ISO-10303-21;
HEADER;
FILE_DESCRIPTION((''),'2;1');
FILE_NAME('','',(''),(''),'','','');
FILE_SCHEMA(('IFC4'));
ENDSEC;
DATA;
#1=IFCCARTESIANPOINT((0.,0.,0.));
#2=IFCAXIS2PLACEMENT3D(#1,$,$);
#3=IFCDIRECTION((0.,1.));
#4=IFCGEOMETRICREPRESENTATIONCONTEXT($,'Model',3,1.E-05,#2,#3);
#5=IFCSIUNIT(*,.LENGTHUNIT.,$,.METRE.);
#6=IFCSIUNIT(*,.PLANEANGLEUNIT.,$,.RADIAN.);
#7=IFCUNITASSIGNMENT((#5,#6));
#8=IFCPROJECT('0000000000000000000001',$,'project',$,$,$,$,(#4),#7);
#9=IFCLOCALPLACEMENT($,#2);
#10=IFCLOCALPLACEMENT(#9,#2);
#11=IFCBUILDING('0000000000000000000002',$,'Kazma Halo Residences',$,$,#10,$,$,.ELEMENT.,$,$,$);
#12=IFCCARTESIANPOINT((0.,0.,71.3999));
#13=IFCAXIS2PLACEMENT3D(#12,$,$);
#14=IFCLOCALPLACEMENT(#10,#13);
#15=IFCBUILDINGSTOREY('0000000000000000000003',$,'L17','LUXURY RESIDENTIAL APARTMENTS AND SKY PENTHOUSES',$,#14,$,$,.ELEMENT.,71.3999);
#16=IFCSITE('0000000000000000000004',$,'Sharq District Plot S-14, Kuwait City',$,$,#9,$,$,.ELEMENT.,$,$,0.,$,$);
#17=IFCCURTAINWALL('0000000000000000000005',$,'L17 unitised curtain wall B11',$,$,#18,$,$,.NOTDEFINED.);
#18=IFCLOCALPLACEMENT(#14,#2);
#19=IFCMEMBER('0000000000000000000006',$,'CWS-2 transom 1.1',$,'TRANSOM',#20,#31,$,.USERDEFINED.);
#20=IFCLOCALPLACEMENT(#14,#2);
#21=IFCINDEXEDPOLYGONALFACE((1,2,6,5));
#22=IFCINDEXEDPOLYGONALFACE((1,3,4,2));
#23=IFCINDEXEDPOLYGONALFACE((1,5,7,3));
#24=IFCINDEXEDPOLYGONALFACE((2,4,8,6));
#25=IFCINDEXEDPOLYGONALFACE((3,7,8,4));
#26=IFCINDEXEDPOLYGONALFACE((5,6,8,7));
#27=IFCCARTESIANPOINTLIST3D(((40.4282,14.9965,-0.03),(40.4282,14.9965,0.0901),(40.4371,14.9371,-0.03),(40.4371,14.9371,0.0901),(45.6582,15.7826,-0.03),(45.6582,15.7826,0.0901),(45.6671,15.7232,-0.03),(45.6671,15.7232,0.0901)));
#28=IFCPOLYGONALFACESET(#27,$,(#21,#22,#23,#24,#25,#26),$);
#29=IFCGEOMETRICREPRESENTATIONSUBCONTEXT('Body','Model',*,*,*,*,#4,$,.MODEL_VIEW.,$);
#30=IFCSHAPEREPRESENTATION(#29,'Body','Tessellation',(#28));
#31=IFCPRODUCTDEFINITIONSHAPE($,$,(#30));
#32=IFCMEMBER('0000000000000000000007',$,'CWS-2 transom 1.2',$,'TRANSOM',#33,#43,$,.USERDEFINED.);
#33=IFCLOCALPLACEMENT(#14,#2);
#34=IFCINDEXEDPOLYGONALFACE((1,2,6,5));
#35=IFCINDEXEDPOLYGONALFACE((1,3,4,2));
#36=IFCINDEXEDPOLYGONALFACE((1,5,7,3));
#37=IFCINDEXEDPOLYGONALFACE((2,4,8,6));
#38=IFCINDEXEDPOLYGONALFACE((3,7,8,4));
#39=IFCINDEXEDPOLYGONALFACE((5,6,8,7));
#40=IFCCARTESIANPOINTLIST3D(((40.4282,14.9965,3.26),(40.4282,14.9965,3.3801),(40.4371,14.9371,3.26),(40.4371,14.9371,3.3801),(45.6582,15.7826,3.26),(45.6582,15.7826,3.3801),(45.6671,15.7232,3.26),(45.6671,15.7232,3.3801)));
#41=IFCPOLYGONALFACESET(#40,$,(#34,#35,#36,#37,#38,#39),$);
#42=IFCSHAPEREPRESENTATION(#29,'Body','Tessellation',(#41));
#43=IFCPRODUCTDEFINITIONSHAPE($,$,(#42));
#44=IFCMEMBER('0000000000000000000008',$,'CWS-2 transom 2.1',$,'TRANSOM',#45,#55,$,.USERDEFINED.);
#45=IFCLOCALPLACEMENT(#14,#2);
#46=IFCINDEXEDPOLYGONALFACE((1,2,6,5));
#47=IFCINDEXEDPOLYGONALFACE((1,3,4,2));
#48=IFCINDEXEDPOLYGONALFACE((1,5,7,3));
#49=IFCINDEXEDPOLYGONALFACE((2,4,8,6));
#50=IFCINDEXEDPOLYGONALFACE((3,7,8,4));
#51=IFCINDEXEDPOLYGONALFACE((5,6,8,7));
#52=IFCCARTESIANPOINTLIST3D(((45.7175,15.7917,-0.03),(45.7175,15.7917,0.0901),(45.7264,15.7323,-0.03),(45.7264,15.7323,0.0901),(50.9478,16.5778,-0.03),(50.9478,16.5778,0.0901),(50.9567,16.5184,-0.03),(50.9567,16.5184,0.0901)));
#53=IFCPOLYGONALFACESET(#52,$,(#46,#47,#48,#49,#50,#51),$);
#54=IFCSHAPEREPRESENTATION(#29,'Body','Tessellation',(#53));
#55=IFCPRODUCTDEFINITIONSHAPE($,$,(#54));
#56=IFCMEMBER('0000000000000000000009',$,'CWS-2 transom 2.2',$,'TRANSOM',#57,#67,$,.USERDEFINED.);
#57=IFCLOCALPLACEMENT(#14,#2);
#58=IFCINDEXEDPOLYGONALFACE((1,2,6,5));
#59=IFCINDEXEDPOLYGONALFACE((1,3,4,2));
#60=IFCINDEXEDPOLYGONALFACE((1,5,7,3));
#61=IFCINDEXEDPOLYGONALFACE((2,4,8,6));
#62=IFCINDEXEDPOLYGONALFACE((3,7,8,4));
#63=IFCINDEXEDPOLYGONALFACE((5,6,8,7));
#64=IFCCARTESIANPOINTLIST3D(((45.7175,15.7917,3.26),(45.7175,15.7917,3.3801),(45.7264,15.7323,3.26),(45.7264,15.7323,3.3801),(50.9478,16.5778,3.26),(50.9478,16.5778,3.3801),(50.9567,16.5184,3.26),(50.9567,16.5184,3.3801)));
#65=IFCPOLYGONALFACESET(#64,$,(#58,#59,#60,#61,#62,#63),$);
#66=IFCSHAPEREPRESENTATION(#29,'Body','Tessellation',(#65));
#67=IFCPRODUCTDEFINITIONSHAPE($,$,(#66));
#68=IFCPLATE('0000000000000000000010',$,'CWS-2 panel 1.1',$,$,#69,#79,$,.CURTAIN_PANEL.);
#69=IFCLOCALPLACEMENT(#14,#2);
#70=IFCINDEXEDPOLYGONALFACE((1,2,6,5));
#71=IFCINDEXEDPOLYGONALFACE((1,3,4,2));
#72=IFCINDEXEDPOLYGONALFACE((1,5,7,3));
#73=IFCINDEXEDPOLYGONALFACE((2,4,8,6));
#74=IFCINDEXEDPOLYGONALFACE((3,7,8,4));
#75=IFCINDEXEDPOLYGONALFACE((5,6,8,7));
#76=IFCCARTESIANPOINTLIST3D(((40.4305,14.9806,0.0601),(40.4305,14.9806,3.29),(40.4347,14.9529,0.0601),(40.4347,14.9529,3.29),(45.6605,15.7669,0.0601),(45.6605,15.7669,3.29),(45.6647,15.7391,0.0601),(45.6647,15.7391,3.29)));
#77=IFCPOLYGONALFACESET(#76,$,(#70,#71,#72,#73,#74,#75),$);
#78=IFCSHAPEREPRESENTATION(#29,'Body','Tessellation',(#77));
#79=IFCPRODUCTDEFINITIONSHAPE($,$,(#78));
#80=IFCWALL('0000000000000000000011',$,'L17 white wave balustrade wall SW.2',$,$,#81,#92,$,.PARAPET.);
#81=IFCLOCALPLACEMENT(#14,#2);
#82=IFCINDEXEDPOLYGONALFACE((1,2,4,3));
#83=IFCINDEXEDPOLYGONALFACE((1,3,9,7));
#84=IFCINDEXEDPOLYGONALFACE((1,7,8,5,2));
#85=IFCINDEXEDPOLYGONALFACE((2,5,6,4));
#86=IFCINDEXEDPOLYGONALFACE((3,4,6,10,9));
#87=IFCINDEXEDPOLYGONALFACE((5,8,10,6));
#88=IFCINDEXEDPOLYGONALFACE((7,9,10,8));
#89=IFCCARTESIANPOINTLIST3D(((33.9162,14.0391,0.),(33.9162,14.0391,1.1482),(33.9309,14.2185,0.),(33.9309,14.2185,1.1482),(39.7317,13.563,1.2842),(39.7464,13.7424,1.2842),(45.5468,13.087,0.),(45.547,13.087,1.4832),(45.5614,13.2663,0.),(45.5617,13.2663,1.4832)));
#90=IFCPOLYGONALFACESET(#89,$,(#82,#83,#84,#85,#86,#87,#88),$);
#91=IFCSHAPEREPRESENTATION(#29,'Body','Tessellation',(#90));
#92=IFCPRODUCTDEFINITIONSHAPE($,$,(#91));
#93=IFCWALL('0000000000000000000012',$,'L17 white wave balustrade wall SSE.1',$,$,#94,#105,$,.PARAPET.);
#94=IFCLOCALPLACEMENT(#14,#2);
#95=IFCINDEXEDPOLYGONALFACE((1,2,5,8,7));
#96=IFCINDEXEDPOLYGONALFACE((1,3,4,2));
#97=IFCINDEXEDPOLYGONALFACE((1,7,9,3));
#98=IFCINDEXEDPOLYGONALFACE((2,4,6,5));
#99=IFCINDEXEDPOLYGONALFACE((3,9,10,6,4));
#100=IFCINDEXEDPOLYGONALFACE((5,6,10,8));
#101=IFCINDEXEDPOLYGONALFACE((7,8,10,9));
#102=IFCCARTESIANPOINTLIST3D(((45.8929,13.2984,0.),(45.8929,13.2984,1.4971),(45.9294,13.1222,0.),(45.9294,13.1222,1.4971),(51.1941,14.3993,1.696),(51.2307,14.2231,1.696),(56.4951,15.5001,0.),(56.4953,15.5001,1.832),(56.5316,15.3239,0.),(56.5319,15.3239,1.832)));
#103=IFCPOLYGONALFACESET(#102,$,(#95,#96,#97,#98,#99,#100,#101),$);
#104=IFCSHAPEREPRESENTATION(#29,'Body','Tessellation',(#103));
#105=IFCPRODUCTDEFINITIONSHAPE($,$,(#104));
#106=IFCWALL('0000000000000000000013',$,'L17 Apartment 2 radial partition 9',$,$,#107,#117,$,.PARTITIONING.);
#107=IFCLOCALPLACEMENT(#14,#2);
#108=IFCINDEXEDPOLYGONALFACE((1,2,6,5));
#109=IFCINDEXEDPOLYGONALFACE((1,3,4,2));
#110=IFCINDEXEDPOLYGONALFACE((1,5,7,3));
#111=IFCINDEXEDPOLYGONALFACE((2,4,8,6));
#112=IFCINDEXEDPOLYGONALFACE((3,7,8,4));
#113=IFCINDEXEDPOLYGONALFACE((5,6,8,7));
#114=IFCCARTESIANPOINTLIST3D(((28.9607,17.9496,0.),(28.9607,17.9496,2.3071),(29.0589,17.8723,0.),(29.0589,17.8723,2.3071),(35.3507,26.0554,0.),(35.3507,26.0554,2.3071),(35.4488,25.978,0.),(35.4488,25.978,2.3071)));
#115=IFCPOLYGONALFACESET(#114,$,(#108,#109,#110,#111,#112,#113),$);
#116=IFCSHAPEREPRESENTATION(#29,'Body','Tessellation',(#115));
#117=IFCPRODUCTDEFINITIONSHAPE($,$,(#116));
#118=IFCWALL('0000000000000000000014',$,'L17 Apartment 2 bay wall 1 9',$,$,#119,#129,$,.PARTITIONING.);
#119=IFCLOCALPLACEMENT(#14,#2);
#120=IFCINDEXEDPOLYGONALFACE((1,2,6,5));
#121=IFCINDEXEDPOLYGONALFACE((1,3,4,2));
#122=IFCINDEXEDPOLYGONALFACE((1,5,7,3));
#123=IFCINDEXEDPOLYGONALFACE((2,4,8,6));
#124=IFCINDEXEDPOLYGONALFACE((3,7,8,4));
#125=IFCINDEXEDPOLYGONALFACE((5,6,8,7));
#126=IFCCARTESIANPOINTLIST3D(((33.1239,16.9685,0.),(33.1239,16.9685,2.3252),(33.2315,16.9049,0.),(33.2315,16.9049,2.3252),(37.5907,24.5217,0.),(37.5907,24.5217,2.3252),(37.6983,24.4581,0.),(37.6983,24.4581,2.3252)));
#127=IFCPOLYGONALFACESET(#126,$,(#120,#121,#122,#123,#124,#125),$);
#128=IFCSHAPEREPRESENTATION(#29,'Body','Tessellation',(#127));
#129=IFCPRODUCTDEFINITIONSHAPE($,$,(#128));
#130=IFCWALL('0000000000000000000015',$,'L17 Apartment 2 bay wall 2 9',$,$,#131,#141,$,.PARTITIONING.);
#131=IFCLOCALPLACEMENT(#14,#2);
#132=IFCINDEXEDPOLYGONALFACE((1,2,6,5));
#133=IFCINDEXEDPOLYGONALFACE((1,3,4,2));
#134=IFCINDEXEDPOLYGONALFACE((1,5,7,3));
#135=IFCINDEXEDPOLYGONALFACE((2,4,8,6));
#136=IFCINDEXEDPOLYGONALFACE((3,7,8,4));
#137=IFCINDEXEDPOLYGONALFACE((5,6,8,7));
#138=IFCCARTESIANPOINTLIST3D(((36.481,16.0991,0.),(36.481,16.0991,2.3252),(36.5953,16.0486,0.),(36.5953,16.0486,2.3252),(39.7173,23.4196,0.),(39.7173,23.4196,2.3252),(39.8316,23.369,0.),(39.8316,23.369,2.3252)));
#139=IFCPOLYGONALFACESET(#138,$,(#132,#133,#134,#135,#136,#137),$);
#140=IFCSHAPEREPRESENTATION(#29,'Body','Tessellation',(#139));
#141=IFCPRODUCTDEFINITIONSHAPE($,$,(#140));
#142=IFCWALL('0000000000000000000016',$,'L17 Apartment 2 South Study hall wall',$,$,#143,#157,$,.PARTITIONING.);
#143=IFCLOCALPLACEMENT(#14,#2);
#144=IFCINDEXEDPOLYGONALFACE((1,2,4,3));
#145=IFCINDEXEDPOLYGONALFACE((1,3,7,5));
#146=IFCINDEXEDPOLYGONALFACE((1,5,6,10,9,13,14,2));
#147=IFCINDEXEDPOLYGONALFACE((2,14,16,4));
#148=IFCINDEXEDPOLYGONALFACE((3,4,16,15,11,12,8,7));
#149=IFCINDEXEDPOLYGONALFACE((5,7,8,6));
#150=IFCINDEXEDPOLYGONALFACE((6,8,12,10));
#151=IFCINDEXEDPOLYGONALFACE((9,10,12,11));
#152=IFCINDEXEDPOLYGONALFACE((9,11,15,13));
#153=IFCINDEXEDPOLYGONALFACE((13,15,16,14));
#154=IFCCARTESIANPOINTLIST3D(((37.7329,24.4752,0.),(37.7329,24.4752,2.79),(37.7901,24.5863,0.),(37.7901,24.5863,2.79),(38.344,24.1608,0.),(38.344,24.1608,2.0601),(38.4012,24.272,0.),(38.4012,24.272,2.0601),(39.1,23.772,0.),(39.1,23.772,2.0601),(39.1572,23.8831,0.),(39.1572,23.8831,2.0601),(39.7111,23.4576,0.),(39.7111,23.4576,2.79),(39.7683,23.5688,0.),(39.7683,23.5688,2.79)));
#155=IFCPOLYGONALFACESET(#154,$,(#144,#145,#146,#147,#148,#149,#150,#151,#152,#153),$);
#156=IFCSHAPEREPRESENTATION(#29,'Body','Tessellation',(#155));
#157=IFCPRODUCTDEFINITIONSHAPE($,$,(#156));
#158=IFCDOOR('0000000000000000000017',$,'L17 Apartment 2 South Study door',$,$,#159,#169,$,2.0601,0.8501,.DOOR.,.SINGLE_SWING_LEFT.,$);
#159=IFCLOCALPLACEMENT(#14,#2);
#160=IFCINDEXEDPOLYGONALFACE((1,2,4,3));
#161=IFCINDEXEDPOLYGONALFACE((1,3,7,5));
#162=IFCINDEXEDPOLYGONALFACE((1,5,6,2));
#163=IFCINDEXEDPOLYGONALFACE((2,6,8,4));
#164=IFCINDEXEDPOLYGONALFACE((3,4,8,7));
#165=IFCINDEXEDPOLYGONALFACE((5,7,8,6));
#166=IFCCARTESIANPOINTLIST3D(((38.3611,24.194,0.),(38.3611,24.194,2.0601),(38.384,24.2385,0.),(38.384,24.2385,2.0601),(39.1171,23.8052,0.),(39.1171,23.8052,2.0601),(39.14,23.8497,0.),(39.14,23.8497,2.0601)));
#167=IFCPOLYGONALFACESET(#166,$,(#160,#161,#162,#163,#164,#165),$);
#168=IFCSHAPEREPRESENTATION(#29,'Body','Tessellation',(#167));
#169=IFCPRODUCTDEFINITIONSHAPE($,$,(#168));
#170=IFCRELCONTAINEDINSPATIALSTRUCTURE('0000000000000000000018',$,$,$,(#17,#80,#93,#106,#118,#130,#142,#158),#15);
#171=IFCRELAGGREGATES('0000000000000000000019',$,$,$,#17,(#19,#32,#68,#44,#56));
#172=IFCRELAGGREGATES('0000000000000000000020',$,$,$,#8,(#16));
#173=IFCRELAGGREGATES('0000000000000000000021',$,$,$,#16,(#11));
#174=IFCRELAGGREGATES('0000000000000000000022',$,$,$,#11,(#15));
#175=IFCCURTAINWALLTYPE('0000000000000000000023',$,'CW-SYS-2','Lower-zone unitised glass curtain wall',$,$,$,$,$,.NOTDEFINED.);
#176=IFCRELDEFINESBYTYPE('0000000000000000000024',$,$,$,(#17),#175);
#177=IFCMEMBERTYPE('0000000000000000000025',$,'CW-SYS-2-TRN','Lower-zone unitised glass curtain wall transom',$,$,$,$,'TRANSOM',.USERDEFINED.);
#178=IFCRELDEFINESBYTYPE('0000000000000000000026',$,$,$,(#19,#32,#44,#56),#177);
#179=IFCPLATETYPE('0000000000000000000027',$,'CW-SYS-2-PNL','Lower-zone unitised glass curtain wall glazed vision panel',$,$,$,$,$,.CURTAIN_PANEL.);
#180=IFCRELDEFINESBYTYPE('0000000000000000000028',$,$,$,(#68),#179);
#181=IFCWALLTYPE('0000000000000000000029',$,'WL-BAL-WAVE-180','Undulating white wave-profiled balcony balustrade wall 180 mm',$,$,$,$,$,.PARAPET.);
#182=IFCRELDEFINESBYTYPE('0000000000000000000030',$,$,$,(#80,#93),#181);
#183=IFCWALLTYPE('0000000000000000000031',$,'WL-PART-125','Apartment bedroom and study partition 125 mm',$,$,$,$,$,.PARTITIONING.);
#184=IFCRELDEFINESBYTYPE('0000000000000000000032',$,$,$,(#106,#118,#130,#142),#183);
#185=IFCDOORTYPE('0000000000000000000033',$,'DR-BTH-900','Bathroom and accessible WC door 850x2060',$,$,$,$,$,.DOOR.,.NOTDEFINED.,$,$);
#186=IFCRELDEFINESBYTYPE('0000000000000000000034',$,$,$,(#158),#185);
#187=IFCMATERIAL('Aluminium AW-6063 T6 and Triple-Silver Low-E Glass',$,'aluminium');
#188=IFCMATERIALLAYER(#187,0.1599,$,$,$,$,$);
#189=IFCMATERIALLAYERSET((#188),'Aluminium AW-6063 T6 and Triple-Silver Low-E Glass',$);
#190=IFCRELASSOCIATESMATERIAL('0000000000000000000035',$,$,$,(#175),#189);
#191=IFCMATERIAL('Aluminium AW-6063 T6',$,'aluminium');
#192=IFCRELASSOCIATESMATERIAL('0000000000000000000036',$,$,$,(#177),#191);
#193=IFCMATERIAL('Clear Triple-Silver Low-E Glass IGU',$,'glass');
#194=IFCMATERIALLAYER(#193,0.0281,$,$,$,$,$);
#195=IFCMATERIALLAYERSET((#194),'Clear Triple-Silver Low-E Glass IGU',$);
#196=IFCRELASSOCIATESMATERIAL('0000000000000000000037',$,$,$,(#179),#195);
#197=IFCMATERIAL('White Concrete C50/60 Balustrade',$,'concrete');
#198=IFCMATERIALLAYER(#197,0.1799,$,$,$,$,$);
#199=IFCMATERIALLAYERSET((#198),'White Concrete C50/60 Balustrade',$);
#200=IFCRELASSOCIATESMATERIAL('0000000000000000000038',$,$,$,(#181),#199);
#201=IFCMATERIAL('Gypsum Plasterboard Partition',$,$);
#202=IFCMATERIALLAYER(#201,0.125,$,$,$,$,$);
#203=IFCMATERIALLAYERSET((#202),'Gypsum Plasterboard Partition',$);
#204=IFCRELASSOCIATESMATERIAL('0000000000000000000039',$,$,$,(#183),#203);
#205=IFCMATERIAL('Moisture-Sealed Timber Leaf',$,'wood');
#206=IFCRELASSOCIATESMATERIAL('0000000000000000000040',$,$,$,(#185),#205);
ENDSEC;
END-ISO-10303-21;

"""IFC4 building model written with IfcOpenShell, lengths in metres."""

from ifc_helpers import new_model, si_unit, direction, frame, frame_2d, origin, origin_2d, place, context, subcontext, project, spatial, polyline, rectangle, outline, extrude, material, layer, layer_set, material_profile, profile_set, type_object, element, fill, aggregate, save


model = new_model("IFC4")

# Units and contexts
model_context = context("Model", 3, precision=1e-05, world=origin(), true_north=direction((0.0, 1.0)))
body_context = subcontext(model_context, "Body", "Model", "MODEL_VIEW")
ifc_project = project(units=[si_unit("LENGTHUNIT", "METRE"), si_unit("PLANEANGLEUNIT", "RADIAN")], contexts=[model_context])

# Site, building, storey
site_placement = place(None, origin())
site = spatial("IfcSite", under=ifc_project, at=site_placement, Name="Sharq District Plot S-14, Kuwait City", CompositionType="ELEMENT", RefElevation=0.0)
building_placement = place(site_placement, origin())
building = spatial("IfcBuilding", under=site, at=building_placement, Name="Kazma Halo Residences", CompositionType="ELEMENT")
storey_placement = place(building_placement, frame((0.0, 0.0, 71.3999)))
storey = spatial("IfcBuildingStorey", under=building, at=storey_placement, Name="L17", Description="LUXURY RESIDENTIAL APARTMENTS AND SKY PENTHOUSES", CompositionType="ELEMENT", Elevation=71.3999)

# Curtain wall, members, plate
ifc_material_1 = material(Name="Aluminium AW-6063 T6 and Triple-Silver Low-E Glass", Category="aluminium")
ifc_layer_1 = layer(ifc_material_1, 0.1599)
ifc_layer_set_1 = layer_set([ifc_layer_1], Name="Aluminium AW-6063 T6 and Triple-Silver Low-E Glass")
curtain_wall_type = type_object("IfcCurtainWallType", Name="CW-SYS-2", Description="Lower-zone unitised glass curtain wall", PredefinedType="NOTDEFINED", material=ifc_layer_set_1)
curtain_wall_placement = place(storey_placement, origin())
curtain_wall = element("IfcCurtainWall", 1, at=curtain_wall_placement, inside=storey, type_object=curtain_wall_type, Name="L17 unitised curtain wall B11", PredefinedType="NOTDEFINED")
ifc_material_2 = material(Name="Aluminium AW-6063 T6", Category="aluminium")
ifc_material_profile_1 = material_profile(ifc_material_2, rectangle(XDim=0.0601, YDim=0.1201, at=origin_2d()), Name="CWT-60x120")
ifc_profile_set_1 = profile_set([ifc_material_profile_1], Name="Aluminium AW-6063 T6")
member_type_1 = type_object("IfcMemberType", Name="CW-SYS-2-TRN", Description="Lower-zone unitised glass curtain wall transom", ElementType="TRANSOM", PredefinedType="USERDEFINED", material=ifc_profile_set_1)
member_1_placement = place(storey_placement, frame((40.4326, 14.9668, 0.03), z_axis=(0.988891, 0.148643, 0.0), x_axis=(-0.148643, 0.988891, 0.0)))
member_1 = element("IfcMember", 2, at=member_1_placement, type_object=member_type_1, Name="CWS-2 transom 1.1", ObjectType="TRANSOM", PredefinedType="USERDEFINED", context=body_context, shape_type="SweptSolid", body=[
    extrude(rectangle(XDim=0.0601, YDim=0.1201, at=origin_2d()), origin(), (0.0, 0.0, 1.0), 5.2888),
])
member_2_placement = place(storey_placement, frame((40.4326, 14.9668, 3.3201), z_axis=(0.988891, 0.148643, 0.0), x_axis=(-0.148643, 0.988891, 0.0)))
member_2 = element("IfcMember", 3, at=member_2_placement, type_object=member_type_1, Name="CWS-2 transom 1.2", ObjectType="TRANSOM", PredefinedType="USERDEFINED", context=body_context, shape_type="SweptSolid", body=[
    extrude(rectangle(XDim=0.0601, YDim=0.1201, at=origin_2d()), origin(), (0.0, 0.0, 1.0), 5.2888),
])
member_3_placement = place(storey_placement, frame((45.7219, 15.762, 0.03), z_axis=(0.988892, 0.148636, 0.0), x_axis=(-0.148636, 0.988892, 0.0)))
member_3 = element("IfcMember", 4, at=member_3_placement, type_object=member_type_1, Name="CWS-2 transom 2.1", ObjectType="TRANSOM", PredefinedType="USERDEFINED", context=body_context, shape_type="SweptSolid", body=[
    extrude(rectangle(XDim=0.0601, YDim=0.1201, at=origin_2d()), origin(), (0.0, 0.0, 1.0), 5.2891),
])
member_4_placement = place(storey_placement, frame((45.7219, 15.762, 3.3201), z_axis=(0.988892, 0.148636, 0.0), x_axis=(-0.148636, 0.988892, 0.0)))
member_4 = element("IfcMember", 5, at=member_4_placement, type_object=member_type_1, Name="CWS-2 transom 2.2", ObjectType="TRANSOM", PredefinedType="USERDEFINED", context=body_context, shape_type="SweptSolid", body=[
    extrude(rectangle(XDim=0.0601, YDim=0.1201, at=origin_2d()), origin(), (0.0, 0.0, 1.0), 5.2891),
])
ifc_material_3 = material(Name="Clear Triple-Silver Low-E Glass IGU", Category="glass")
ifc_layer_2 = layer(ifc_material_3, 0.0281)
ifc_layer_set_2 = layer_set([ifc_layer_2], Name="Clear Triple-Silver Low-E Glass IGU")
plate_type = type_object("IfcPlateType", Name="CW-SYS-2-PNL", Description="Lower-zone unitised glass curtain wall glazed vision panel", PredefinedType="CURTAIN_PANEL", material=ifc_layer_set_2)
plate_placement = place(storey_placement, frame((43.0476, 15.3599, 0.0601), z_axis=(0.0, 0.0, 1.0), x_axis=(0.988889, 0.148657, 0.0)))
plate = element("IfcPlate", 6, at=plate_placement, type_object=plate_type, Name="CWS-2 panel 1.1", PredefinedType="CURTAIN_PANEL", context=body_context, shape_type="SweptSolid", body=[
    extrude(rectangle(XDim=5.2888, YDim=0.0281, at=origin_2d()), origin(), (0.0, 0.0, 1.0), 3.23),
])
aggregate(curtain_wall, [member_1, member_2, plate, member_3, member_4])

# Walls
ifc_material_4 = material(Name="White Concrete C50/60 Balustrade", Category="concrete")
ifc_layer_3 = layer(ifc_material_4, 0.1799)
ifc_layer_set_3 = layer_set([ifc_layer_3], Name="White Concrete C50/60 Balustrade")
wall_type_1 = type_object("IfcWallType", Name="WL-BAL-WAVE-180", Description="Undulating white wave-profiled balcony balustrade wall 180 mm", PredefinedType="PARAPET", material=ifc_layer_set_3)
wall_1_placement = place(storey_placement, frame((33.9236, 14.1289, 0.0), z_axis=(0.0, 0.0, 1.0), x_axis=(0.996666, -0.081593, 0.0)))
element("IfcWall", 7, at=wall_1_placement, inside=storey, type_object=wall_type_1, Name="L17 white wave balustrade wall SW.2", PredefinedType="PARAPET", context=body_context, shape_type="SweptSolid", body=[
    extrude(outline(polyline([(0.0, 0.0), (11.6694, 0.0), (11.6697, 1.4832), (5.835, 1.2842), (0.0, 1.1482), (0.0, 0.0)])), frame((0.0, 0.0898, 0.0), z_axis=(0.0, -1.0, 0.0), x_axis=(1.0, 0.0, 0.0)), (0.0, 0.0, 1.0), 0.1799),
])
wall_2_placement = place(storey_placement, frame((45.9111, 13.2104, 0.0), z_axis=(0.0, 0.0, 1.0), x_axis=(0.979112, 0.203321, 0.0)))
element("IfcWall", 8, at=wall_2_placement, inside=storey, type_object=wall_type_1, Name="L17 white wave balustrade wall SSE.1", PredefinedType="PARAPET", context=body_context, shape_type="SweptSolid", body=[
    extrude(outline(polyline([(0.0, 0.0), (10.8284, 0.0), (10.8286, 1.832), (5.4143, 1.696), (0.0, 1.4971), (0.0, 0.0)])), frame((0.0, 0.0898, 0.0), z_axis=(0.0, -1.0, 0.0), x_axis=(1.0, 0.0, 0.0)), (0.0, 0.0, 1.0), 0.1799),
])
ifc_material_5 = material(Name="Gypsum Plasterboard Partition")
ifc_layer_4 = layer(ifc_material_5, 0.125)
ifc_layer_set_4 = layer_set([ifc_layer_4], Name="Gypsum Plasterboard Partition")
wall_type_2 = type_object("IfcWallType", Name="WL-PART-125", Description="Apartment bedroom and study partition 125 mm", PredefinedType="PARTITIONING", material=ifc_layer_set_4)
wall_3_placement = place(storey_placement, frame((35.3997, 26.0166, 0.0), z_axis=(0.0, 0.0, 1.0), x_axis=(-0.619086, -0.785323, 0.0)))
element("IfcWall", 9, at=wall_3_placement, inside=storey, type_object=wall_type_2, Name="L17 Apartment 2 radial partition 9", PredefinedType="PARTITIONING", context=body_context, shape_type="SweptSolid", body=[
    extrude(rectangle(XDim=10.3215, YDim=0.125, at=frame_2d((5.1606, 0.0))), origin(), (0.0, 0.0, 1.0), 2.3071),
])
wall_4_placement = place(storey_placement, frame((37.6445, 24.49, 0.0), z_axis=(0.0, 0.0, 1.0), x_axis=(-0.509027, -0.86075, 0.0)))
element("IfcWall", 10, at=wall_4_placement, inside=storey, type_object=wall_type_2, Name="L17 Apartment 2 bay wall 1 9", PredefinedType="PARTITIONING", context=body_context, shape_type="SweptSolid", body=[
    extrude(rectangle(XDim=8.7751, YDim=0.125, at=frame_2d((4.3877, 0.0))), origin(), (0.0, 0.0, 1.0), 2.3252),
])
wall_5_placement = place(storey_placement, frame((39.7744, 23.3943, 0.0), z_axis=(0.0, 0.0, 1.0), x_axis=(-0.404338, -0.91461, 0.0)))
element("IfcWall", 11, at=wall_5_placement, inside=storey, type_object=wall_type_2, Name="L17 Apartment 2 bay wall 2 9", PredefinedType="PARTITIONING", context=body_context, shape_type="SweptSolid", body=[
    extrude(rectangle(XDim=8.0039, YDim=0.125, at=frame_2d((4.002, 0.0))), origin(), (0.0, 0.0, 1.0), 2.3252),
])

# Wall, opening, door
wall_6_placement = place(storey_placement, frame((37.7615, 24.5308, 0.0), z_axis=(0.0, 0.0, 1.0), x_axis=(0.889255, -0.457412, 0.0)))
wall_6 = element("IfcWall", 12, at=wall_6_placement, inside=storey, type_object=wall_type_2, Name="L17 Apartment 2 South Study hall wall", PredefinedType="PARTITIONING", context=body_context, shape_type="SweptSolid", body=[
    extrude(rectangle(XDim=2.2246, YDim=0.125, at=frame_2d((1.1123, 0.0))), origin(), (0.0, 0.0, 1.0), 2.79),
])
opening_1_placement = place(wall_6_placement, frame((0.6873, 0.0, 0.0)))
opening_1 = element("IfcOpeningElement", 13, at=opening_1_placement, cuts=wall_6, PredefinedType="OPENING", context=body_context, shape_type="SweptSolid", body=[
    extrude(rectangle(XDim=0.8501, YDim=2.0601, at=frame_2d((0.425, 1.03))), frame((0.0, 0.0725, 0.0), z_axis=(0.0, -1.0, 0.0), x_axis=(1.0, 0.0, 0.0)), (0.0, 0.0, 1.0), 0.145),
])
ifc_material_6 = material(Name="Moisture-Sealed Timber Leaf", Category="wood")
door_type_1 = type_object("IfcDoorType", Name="DR-BTH-900", Description="Bathroom and accessible WC door 850x2060", OperationType="NOTDEFINED", PredefinedType="DOOR", material=ifc_material_6)
door_1_placement = place(opening_1_placement, origin())
door_1 = element("IfcDoor", 14, at=door_1_placement, inside=storey, type_object=door_type_1, Name="L17 Apartment 2 South Study door", OperationType="SINGLE_SWING_LEFT", OverallHeight=2.0601, OverallWidth=0.8501, PredefinedType="DOOR", context=body_context, shape_type="SweptSolid", body=[
    extrude(rectangle(XDim=0.8501, YDim=2.0601, at=frame_2d((0.425, 1.03))), frame((0.0, 0.0249, 0.0), z_axis=(0.0, -1.0, 0.0), x_axis=(1.0, 0.0, 0.0)), (0.0, 0.0, 1.0), 0.05),
])
fill(opening_1, door_1)

save(model, "model.ifc")
